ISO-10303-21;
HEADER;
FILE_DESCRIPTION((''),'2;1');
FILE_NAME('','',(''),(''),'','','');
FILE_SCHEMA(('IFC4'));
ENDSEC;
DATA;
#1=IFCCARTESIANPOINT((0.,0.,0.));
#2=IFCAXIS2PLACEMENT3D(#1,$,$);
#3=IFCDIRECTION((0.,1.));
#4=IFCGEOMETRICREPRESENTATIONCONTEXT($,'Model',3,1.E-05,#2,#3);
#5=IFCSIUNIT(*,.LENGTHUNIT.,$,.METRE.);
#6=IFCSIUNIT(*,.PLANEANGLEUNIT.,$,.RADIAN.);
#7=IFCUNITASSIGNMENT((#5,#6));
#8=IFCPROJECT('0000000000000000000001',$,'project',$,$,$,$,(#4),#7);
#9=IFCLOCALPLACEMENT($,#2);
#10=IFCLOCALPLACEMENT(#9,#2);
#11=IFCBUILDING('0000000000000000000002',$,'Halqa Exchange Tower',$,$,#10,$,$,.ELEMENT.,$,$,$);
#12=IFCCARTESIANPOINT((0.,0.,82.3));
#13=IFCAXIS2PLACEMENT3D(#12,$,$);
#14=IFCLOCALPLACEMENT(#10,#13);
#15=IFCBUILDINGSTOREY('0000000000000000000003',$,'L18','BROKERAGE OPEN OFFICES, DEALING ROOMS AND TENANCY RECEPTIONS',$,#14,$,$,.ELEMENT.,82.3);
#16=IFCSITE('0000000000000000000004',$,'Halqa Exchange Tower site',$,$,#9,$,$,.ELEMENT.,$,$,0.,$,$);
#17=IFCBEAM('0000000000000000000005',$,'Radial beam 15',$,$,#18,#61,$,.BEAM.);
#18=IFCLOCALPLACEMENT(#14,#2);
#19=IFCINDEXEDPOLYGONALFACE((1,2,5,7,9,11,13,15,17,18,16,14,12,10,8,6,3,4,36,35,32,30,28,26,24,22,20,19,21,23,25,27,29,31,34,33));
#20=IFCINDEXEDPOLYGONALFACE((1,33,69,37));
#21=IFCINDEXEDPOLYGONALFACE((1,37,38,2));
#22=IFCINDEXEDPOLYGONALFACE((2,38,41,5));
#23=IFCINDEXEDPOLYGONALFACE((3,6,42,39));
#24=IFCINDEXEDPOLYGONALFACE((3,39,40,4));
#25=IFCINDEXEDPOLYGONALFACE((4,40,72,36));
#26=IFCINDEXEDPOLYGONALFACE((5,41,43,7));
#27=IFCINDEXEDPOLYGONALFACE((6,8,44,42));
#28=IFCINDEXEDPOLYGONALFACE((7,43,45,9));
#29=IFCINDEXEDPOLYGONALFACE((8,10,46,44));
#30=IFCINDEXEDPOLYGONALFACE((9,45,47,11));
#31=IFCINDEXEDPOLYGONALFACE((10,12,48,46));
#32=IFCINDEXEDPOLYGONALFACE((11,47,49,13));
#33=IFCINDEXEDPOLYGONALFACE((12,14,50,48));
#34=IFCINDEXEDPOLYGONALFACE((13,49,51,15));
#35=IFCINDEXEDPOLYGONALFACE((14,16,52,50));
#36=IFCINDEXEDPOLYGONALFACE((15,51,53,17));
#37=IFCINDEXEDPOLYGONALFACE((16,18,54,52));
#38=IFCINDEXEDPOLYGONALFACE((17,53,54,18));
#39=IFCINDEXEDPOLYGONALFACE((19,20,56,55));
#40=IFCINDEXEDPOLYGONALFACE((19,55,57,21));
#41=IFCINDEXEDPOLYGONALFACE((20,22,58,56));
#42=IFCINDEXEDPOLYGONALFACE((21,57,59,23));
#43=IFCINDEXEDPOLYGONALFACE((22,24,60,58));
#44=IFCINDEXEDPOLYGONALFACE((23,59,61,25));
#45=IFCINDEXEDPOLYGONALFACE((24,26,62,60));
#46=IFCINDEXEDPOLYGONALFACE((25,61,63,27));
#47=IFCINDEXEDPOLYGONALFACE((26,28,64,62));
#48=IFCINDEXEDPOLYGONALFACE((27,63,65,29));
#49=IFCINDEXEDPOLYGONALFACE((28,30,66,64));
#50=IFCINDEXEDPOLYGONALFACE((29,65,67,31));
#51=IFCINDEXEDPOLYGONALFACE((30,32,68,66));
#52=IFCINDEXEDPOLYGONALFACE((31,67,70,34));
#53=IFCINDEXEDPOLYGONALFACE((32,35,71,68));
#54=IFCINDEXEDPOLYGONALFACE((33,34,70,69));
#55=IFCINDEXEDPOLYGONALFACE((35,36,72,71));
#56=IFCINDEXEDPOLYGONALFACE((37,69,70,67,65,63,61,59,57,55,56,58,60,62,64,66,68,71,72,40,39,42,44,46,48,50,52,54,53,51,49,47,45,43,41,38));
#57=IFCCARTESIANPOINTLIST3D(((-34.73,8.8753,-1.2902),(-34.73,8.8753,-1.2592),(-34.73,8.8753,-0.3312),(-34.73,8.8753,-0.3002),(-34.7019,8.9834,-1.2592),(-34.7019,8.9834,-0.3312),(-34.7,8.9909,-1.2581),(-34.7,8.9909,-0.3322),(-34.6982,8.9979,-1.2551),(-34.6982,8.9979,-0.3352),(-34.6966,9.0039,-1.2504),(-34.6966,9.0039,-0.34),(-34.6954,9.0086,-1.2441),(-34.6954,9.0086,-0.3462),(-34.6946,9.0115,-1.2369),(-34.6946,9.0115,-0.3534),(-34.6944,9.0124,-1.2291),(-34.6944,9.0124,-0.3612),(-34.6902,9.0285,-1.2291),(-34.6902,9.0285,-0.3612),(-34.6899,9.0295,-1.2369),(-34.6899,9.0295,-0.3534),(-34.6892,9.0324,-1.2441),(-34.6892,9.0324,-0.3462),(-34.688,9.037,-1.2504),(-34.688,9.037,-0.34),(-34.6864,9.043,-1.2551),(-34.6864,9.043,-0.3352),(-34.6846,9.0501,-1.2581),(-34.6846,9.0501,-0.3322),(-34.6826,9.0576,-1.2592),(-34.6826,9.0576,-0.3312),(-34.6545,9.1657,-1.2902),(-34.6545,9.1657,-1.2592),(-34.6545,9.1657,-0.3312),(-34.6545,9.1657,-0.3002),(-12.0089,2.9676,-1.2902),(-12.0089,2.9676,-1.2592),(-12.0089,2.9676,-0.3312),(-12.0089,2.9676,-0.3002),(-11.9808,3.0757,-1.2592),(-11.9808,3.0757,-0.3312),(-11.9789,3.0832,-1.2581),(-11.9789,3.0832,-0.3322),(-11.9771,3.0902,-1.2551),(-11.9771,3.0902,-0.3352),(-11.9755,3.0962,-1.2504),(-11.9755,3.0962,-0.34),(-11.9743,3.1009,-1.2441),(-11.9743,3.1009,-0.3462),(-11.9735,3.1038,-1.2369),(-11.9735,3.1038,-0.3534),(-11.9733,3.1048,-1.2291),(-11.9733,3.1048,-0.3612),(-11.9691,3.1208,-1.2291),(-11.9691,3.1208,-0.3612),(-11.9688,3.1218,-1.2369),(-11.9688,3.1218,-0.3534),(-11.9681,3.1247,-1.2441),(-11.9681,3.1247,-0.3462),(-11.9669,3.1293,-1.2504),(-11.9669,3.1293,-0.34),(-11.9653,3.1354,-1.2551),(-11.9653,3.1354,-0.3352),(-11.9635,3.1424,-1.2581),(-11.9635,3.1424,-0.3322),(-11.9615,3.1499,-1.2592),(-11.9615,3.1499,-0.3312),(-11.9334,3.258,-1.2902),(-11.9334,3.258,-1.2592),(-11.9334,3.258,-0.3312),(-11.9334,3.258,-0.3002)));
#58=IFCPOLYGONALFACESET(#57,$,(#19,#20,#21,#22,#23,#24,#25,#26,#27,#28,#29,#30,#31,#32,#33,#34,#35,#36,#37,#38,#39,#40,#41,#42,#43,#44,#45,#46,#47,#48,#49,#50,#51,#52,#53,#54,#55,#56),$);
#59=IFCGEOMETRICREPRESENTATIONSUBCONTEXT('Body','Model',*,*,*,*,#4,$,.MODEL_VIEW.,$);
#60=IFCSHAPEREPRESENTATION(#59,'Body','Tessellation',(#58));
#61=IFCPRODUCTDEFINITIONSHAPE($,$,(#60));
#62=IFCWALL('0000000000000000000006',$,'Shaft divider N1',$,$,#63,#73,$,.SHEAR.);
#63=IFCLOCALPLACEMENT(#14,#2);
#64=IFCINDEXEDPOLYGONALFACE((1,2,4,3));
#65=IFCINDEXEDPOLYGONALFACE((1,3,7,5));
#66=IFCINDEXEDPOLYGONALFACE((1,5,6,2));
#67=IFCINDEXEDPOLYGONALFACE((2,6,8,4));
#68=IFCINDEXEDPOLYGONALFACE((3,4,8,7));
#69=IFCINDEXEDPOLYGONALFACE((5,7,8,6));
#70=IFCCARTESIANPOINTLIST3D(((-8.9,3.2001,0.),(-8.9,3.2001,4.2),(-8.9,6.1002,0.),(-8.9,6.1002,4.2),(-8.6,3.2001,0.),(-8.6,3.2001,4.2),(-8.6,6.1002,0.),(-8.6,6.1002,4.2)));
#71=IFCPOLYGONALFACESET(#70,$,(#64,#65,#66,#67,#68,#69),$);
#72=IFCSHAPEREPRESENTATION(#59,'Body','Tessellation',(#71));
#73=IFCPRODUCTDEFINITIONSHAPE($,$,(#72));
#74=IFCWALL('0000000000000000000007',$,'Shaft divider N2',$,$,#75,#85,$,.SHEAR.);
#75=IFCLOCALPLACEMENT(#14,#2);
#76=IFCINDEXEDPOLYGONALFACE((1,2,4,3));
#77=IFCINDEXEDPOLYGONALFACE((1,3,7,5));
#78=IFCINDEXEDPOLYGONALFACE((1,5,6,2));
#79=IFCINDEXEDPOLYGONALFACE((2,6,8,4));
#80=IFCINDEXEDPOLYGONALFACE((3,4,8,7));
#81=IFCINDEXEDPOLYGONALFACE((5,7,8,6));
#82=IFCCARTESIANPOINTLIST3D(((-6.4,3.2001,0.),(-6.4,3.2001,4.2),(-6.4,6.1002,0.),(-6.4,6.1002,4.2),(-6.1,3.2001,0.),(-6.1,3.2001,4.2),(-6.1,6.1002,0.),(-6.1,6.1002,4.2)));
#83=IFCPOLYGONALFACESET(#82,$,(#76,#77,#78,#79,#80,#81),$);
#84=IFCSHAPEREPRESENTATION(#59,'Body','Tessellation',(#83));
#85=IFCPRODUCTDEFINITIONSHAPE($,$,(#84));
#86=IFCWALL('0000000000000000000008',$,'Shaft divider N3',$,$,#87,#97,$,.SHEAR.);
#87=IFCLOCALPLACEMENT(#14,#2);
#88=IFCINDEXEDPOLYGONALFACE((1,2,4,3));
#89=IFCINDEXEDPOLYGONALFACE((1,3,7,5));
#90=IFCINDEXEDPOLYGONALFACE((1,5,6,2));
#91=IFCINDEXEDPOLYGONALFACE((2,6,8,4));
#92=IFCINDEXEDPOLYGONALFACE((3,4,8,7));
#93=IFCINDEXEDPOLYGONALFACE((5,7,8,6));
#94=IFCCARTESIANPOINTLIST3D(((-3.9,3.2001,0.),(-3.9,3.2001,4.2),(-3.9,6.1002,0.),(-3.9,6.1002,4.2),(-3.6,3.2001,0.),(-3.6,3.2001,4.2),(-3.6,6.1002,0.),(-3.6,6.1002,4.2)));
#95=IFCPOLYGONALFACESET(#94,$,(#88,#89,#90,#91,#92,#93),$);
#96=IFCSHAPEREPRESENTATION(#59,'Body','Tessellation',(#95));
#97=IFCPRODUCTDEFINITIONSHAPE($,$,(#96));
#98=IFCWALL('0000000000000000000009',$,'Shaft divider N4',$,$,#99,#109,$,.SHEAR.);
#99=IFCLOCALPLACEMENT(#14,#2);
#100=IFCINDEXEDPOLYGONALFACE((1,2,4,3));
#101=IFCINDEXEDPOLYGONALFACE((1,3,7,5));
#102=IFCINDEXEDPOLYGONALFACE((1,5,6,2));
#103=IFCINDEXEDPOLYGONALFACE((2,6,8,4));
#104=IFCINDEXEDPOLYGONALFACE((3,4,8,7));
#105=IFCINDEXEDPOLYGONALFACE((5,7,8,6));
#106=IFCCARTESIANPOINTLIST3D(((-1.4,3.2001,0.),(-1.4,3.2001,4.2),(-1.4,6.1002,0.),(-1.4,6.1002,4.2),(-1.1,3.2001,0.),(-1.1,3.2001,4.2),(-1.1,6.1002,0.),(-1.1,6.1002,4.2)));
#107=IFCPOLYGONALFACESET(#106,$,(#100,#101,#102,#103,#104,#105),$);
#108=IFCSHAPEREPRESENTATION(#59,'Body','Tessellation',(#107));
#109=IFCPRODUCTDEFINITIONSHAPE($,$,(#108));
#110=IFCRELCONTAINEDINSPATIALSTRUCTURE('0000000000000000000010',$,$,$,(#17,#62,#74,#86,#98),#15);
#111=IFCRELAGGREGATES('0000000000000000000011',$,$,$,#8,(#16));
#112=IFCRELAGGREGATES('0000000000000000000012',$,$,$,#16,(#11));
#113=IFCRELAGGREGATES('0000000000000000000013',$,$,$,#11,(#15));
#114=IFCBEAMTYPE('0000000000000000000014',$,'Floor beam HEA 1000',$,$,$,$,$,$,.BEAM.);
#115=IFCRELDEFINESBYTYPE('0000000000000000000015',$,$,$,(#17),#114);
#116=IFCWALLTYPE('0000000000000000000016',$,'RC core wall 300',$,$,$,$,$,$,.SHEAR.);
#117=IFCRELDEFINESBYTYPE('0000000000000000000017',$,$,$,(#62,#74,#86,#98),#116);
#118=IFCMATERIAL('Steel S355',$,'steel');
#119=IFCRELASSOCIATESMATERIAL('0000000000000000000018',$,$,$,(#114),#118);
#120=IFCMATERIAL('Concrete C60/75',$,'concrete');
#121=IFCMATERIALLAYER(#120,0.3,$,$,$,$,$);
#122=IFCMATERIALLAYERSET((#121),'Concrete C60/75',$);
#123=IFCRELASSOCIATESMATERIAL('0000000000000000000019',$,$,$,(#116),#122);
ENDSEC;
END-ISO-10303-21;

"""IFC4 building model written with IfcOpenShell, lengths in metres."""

from ifc_helpers import new_model, si_unit, direction, frame, frame_2d, origin, origin_2d, place, context, subcontext, project, spatial, rectangle, i_section, extrude, material, layer, layer_set, material_profile, profile_set, type_object, element, save


model = new_model("IFC4")

# Units and contexts
model_context = context("Model", 3, precision=1e-05, world=origin(), true_north=direction((0.0, 1.0)))
body_context = subcontext(model_context, "Body", "Model", "MODEL_VIEW")
ifc_project = project(units=[si_unit("LENGTHUNIT", "METRE"), si_unit("PLANEANGLEUNIT", "RADIAN")], contexts=[model_context])

# Site, building, storey
site_placement = place(None, origin())
site = spatial("IfcSite", under=ifc_project, at=site_placement, Name="Halqa Exchange Tower site", CompositionType="ELEMENT", RefElevation=0.0)
building_placement = place(site_placement, origin())
building = spatial("IfcBuilding", under=site, at=building_placement, Name="Halqa Exchange Tower", CompositionType="ELEMENT")
storey_placement = place(building_placement, frame((0.0, 0.0, 82.3)))
storey = spatial("IfcBuildingStorey", under=building, at=storey_placement, Name="L18", Description="BROKERAGE OPEN OFFICES, DEALING ROOMS AND TENANCY RECEPTIONS", CompositionType="ELEMENT", Elevation=82.3)

# Beam
ifc_material_1 = material(Name="Steel S355", Category="steel")
ifc_material_profile = material_profile(ifc_material_1, i_section(OverallWidth=0.3, OverallDepth=0.99, WebThickness=0.0166, FlangeThickness=0.031, FilletRadius=0.03, at=origin_2d()), Name="HEA 1000")
ifc_profile_set = profile_set([ifc_material_profile], Name="Steel S355")
beam_type = type_object("IfcBeamType", Name="Floor beam HEA 1000", PredefinedType="BEAM", material=ifc_profile_set)
beam_placement = place(storey_placement, frame((-11.9712, 3.1128, -0.7952), z_axis=(-0.96782, 0.251642, 0.0), x_axis=(-0.251642, -0.96782, 0.0)))
element("IfcBeam", 1, at=beam_placement, inside=storey, type_object=beam_type, Name="Radial beam 15", PredefinedType="BEAM", context=body_context, shape_type="SweptSolid", body=[
    extrude(i_section(OverallWidth=0.3, OverallDepth=0.99, WebThickness=0.0166, FlangeThickness=0.031, FilletRadius=0.03, at=origin_2d()), origin(), (0.0, 0.0, 1.0), 23.4766),
])

# Walls
ifc_material_2 = material(Name="Concrete C60/75", Category="concrete")
ifc_layer_1 = layer(ifc_material_2, 0.3)
ifc_layer_set_1 = layer_set([ifc_layer_1], Name="Concrete C60/75")
wall_type_1 = type_object("IfcWallType", Name="RC core wall 300", PredefinedType="SHEAR", material=ifc_layer_set_1)
for number, where, z_axis, x_axis, name in (
    (2, (-8.75, 3.2, 0.0), (0.0, 0.0, 1.0), (0.0, 1.0, 0.0), "Shaft divider N1"),
    (3, (-6.25, 3.2, 0.0), (0.0, 0.0, 1.0), (0.0, 1.0, 0.0), "Shaft divider N2"),
    (4, (-3.75, 3.2, 0.0), (0.0, 0.0, 1.0), (0.0, 1.0, 0.0), "Shaft divider N3"),
    (5, (-1.25, 3.2, 0.0), (0.0, 0.0, 1.0), (0.0, 1.0, 0.0), "Shaft divider N4"),
):
    element("IfcWall", number, at=place(storey_placement, frame(where, z_axis=z_axis, x_axis=x_axis)), inside=storey, type_object=wall_type_1, Name=name, PredefinedType="SHEAR", context=body_context, shape_type="SweptSolid", body=[
        extrude(rectangle(XDim=2.9001, YDim=0.3, at=frame_2d((1.4502, 0.0))), origin(), (0.0, 0.0, 1.0), 4.2),
    ])

save(model, "model.ifc")
